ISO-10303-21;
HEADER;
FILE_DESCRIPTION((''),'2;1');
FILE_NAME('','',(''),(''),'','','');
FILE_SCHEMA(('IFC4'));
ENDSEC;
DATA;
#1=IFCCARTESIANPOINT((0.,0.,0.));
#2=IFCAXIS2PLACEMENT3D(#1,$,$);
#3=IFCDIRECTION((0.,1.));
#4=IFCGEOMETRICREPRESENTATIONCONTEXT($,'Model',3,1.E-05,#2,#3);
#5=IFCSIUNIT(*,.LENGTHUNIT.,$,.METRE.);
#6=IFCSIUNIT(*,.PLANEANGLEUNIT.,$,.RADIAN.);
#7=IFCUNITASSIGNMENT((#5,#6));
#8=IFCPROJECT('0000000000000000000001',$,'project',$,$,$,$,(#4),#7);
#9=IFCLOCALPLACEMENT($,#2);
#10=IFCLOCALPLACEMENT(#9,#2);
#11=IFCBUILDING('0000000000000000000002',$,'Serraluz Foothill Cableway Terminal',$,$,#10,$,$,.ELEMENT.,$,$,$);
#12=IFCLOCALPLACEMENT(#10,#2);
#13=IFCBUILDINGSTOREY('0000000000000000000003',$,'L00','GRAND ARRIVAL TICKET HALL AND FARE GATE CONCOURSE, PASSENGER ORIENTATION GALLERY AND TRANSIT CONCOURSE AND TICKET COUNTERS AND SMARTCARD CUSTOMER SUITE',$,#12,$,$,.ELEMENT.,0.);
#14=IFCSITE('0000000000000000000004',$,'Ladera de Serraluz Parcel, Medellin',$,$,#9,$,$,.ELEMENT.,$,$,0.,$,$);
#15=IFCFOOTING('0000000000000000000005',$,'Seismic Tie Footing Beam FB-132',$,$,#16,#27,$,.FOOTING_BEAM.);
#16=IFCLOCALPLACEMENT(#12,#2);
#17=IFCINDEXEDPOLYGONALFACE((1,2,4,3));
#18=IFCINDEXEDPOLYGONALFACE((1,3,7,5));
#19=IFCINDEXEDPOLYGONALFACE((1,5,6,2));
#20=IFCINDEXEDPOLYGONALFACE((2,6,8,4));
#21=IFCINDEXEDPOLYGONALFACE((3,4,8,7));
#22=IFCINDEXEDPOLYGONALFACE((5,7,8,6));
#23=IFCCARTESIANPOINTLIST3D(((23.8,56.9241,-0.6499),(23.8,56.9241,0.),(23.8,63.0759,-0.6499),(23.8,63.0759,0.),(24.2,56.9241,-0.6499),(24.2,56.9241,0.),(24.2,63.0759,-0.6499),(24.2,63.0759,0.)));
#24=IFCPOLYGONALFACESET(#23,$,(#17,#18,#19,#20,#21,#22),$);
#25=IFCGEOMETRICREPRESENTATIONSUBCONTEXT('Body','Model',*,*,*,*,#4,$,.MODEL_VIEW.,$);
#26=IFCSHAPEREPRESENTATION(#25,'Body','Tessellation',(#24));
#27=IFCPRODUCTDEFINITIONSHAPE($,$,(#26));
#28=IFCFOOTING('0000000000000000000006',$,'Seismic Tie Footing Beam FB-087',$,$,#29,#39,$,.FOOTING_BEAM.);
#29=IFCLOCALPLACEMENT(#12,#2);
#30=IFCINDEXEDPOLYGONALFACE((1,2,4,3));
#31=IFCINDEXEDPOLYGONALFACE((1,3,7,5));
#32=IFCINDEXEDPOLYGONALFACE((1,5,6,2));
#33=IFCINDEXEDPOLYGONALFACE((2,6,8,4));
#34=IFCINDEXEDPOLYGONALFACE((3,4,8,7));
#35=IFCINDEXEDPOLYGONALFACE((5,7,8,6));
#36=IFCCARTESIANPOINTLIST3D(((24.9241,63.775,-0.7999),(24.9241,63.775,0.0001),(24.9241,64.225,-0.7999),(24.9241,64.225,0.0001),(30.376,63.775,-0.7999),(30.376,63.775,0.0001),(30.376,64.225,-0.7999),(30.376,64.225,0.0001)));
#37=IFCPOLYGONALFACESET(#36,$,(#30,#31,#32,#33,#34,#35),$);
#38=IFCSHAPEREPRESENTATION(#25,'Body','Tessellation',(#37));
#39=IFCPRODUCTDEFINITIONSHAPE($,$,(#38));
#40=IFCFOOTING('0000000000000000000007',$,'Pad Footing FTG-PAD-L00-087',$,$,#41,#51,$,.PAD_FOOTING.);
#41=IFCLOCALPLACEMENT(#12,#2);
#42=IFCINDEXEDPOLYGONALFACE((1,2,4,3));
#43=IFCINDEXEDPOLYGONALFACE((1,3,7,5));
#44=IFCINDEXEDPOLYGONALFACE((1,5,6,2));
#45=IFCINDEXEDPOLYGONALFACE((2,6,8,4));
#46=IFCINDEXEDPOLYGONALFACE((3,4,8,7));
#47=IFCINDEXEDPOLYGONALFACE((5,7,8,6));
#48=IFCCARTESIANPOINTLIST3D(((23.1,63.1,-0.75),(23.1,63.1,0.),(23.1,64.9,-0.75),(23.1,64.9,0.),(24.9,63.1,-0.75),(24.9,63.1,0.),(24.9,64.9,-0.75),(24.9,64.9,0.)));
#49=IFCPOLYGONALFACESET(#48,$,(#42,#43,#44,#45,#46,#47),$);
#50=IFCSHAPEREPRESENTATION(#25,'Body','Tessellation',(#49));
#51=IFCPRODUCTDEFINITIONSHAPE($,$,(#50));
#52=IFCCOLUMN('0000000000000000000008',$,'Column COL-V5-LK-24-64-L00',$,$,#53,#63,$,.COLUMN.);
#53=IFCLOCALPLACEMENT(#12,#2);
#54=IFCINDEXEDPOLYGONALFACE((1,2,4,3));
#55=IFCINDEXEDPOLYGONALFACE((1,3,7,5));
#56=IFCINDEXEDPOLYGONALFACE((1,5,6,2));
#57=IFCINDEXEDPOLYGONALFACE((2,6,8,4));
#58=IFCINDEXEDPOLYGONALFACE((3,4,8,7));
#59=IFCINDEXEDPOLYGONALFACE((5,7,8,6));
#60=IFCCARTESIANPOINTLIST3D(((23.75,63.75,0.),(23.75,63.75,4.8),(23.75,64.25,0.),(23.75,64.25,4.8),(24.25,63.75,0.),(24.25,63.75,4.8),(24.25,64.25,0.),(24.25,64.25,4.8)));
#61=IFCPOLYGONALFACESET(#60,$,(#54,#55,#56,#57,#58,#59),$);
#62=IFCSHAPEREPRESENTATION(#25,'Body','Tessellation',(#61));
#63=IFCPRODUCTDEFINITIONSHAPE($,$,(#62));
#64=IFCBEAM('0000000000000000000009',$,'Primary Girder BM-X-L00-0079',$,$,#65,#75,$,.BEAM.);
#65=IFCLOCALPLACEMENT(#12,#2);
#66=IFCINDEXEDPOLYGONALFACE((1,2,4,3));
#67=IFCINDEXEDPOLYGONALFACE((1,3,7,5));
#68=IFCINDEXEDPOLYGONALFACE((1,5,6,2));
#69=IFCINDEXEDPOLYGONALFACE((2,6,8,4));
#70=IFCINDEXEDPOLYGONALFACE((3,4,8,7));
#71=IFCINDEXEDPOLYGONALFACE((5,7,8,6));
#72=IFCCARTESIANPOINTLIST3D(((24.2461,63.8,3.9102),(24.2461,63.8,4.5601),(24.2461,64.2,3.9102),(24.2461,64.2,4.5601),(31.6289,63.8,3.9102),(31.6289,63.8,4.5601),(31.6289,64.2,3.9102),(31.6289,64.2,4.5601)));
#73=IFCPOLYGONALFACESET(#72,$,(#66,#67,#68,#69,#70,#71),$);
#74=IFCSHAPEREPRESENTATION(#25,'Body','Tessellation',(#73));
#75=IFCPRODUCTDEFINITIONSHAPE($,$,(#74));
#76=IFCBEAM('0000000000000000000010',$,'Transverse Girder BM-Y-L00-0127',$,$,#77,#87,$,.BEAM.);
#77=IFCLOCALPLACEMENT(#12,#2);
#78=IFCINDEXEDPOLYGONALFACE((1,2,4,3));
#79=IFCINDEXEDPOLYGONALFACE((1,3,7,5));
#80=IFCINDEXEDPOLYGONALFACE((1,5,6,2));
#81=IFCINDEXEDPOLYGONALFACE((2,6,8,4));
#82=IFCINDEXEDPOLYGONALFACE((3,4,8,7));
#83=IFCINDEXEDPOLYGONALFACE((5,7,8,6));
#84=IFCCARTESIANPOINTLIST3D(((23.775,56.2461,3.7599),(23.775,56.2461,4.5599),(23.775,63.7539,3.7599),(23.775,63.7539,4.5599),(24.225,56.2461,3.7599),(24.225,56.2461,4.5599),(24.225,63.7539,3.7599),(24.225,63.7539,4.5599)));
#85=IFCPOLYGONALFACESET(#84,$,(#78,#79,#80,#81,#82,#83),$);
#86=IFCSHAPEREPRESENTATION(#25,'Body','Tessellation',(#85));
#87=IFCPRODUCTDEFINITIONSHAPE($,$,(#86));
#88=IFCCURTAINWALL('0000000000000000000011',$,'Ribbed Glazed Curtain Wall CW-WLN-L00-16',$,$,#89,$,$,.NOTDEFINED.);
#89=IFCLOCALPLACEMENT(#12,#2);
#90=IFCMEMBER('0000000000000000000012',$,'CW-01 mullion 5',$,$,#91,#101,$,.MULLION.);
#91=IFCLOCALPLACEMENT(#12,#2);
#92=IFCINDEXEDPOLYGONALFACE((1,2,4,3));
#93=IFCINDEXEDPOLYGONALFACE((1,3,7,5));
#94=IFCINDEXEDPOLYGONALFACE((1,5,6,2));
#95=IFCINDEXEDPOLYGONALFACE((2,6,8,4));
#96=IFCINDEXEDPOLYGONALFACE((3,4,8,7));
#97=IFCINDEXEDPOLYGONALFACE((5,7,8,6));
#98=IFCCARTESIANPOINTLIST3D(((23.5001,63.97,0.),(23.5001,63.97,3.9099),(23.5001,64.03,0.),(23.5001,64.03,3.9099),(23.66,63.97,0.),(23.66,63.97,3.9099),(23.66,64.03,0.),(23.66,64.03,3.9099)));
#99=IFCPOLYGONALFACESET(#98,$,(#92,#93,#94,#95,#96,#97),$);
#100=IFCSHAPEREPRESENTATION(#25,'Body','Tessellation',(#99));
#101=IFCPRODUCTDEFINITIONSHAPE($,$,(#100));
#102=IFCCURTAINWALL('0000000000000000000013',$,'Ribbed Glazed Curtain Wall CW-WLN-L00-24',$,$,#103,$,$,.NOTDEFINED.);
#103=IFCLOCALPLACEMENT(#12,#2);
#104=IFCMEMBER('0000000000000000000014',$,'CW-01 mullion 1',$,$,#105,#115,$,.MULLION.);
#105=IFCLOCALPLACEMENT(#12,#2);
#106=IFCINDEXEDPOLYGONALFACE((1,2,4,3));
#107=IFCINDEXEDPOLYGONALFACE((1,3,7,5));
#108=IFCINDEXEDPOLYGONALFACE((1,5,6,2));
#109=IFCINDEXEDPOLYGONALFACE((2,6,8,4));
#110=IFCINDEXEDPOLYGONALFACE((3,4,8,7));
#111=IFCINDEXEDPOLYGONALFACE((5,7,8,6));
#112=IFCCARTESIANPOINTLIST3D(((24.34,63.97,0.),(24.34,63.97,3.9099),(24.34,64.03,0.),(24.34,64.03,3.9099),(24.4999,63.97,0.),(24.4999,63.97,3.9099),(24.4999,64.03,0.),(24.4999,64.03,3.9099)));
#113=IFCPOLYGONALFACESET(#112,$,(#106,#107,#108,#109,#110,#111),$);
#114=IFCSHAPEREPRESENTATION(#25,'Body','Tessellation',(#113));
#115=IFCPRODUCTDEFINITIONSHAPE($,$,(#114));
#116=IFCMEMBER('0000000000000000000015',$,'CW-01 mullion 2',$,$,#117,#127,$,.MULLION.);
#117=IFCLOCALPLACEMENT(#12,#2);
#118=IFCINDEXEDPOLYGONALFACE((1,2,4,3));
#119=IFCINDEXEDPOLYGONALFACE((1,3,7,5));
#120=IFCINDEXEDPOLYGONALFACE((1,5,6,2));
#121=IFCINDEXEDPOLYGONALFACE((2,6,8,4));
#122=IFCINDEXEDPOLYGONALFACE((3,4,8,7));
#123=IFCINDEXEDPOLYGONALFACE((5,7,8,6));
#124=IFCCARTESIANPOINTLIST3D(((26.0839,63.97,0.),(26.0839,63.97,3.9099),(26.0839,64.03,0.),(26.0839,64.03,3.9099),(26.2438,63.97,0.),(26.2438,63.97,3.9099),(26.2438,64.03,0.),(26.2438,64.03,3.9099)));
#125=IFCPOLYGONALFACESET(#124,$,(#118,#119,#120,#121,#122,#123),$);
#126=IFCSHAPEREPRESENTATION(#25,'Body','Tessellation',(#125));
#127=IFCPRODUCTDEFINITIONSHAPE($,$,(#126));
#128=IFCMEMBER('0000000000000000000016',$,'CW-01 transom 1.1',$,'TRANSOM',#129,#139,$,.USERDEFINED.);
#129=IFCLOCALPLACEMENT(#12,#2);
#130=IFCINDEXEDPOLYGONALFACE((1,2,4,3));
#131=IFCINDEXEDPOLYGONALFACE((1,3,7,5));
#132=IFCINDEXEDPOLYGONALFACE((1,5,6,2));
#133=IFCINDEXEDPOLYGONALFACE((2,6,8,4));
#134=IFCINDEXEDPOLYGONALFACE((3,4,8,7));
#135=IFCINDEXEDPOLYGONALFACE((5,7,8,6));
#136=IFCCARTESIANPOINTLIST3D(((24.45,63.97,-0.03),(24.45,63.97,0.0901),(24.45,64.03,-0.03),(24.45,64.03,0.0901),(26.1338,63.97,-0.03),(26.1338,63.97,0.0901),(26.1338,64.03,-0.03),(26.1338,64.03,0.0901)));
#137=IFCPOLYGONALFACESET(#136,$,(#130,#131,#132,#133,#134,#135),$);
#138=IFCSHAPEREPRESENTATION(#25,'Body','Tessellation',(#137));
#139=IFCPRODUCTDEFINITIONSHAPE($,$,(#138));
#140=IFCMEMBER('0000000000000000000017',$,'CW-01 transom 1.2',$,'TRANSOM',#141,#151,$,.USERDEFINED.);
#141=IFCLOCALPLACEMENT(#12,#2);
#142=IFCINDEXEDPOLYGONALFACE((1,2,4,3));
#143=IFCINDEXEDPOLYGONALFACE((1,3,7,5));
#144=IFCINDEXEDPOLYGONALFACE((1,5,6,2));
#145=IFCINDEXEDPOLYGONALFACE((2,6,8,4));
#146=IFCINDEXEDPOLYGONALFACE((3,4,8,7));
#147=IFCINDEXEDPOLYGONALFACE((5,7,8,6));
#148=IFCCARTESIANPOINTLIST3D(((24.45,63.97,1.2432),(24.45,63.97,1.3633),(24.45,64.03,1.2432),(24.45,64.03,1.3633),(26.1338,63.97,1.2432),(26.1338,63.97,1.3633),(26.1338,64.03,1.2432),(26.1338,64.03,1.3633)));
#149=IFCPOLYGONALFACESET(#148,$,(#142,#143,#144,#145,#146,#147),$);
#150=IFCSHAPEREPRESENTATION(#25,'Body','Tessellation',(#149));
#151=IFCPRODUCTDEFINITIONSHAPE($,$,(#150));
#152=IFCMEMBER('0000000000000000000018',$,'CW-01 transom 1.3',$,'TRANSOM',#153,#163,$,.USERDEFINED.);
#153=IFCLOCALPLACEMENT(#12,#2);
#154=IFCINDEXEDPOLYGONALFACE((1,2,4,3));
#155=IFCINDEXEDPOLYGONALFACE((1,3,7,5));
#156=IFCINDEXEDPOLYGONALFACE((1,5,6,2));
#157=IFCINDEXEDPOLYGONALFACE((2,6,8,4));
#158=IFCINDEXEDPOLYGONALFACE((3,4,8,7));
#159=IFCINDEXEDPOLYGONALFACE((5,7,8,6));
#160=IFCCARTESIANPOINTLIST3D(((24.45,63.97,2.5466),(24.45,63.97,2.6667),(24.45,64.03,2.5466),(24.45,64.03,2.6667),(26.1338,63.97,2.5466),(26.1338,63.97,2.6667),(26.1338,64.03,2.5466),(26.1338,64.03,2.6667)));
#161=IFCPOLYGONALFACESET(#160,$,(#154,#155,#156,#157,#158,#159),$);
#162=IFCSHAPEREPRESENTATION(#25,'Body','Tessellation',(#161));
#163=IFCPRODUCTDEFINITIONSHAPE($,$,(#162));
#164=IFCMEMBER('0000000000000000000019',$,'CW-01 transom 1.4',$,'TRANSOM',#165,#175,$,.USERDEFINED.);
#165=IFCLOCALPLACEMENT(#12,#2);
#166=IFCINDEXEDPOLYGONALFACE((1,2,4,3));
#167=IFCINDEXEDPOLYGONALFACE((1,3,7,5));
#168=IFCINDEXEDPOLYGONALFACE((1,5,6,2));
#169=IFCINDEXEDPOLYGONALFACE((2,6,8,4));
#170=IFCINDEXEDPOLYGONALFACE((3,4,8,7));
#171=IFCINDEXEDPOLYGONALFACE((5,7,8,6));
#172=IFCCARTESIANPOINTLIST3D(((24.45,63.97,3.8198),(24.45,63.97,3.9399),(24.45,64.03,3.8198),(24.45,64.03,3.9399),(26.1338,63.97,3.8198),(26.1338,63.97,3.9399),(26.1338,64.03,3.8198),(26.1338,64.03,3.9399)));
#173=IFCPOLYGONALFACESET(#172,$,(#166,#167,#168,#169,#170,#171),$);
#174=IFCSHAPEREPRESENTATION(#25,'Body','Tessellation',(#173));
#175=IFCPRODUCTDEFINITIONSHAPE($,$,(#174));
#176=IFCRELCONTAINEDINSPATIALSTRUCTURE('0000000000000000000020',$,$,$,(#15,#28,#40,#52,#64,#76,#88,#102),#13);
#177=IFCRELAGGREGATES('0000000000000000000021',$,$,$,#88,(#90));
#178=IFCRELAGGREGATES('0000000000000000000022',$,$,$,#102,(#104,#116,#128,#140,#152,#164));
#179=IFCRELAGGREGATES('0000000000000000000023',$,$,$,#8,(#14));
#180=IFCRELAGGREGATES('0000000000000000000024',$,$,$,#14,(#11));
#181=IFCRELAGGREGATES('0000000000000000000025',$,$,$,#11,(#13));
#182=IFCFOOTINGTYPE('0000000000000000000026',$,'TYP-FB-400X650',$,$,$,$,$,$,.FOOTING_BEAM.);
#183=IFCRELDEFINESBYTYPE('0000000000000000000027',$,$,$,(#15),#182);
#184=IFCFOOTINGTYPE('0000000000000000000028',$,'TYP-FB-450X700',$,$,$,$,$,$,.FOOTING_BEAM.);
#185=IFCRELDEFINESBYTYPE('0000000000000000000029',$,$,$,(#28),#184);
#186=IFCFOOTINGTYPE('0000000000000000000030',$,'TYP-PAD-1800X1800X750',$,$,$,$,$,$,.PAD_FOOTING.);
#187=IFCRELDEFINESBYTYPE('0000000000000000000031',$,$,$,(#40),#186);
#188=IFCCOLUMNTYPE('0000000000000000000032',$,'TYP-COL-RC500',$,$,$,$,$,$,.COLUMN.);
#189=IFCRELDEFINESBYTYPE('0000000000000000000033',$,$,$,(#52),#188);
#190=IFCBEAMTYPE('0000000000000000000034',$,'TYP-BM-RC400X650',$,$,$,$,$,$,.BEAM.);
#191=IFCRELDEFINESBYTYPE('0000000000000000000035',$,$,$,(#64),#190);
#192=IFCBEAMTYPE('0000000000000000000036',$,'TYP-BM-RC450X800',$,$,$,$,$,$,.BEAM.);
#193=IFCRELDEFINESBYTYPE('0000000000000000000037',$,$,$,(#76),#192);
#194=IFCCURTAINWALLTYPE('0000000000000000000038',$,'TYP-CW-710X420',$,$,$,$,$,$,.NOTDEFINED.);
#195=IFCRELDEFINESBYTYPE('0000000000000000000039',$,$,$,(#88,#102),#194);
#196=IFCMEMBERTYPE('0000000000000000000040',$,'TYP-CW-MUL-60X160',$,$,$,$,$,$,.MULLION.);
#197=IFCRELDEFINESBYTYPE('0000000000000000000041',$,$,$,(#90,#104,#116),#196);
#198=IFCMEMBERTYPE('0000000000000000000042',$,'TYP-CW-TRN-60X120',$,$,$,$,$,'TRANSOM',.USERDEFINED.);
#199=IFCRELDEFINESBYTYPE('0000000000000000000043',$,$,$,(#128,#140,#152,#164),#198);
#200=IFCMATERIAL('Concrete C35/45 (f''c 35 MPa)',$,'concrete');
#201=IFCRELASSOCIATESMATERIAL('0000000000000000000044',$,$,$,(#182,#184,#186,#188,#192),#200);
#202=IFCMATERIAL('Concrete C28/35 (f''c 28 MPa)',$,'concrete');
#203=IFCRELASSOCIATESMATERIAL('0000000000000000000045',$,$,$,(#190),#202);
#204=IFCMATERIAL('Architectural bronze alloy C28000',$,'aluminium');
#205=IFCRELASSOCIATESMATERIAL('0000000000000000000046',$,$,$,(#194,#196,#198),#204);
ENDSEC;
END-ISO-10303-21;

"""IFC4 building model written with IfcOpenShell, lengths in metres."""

from ifc_helpers import new_model, si_unit, direction, frame, origin, origin_2d, place, context, subcontext, project, spatial, rectangle, extrude, material, material_profile, profile_set, type_object, element, aggregate, save


model = new_model("IFC4")

# Units and contexts
model_context = context("Model", 3, precision=1e-05, world=origin(), true_north=direction((0.0, 1.0)))
body_context = subcontext(model_context, "Body", "Model", "MODEL_VIEW")
ifc_project = project(units=[si_unit("LENGTHUNIT", "METRE"), si_unit("PLANEANGLEUNIT", "RADIAN")], contexts=[model_context])

# Site, building, storey
site_placement = place(None, origin())
site = spatial("IfcSite", under=ifc_project, at=site_placement, Name="Ladera de Serraluz Parcel, Medellin", CompositionType="ELEMENT", RefElevation=0.0)
building_placement = place(site_placement, origin())
building = spatial("IfcBuilding", under=site, at=building_placement, Name="Serraluz Foothill Cableway Terminal", CompositionType="ELEMENT")
storey_placement = place(building_placement, origin())
storey = spatial("IfcBuildingStorey", under=building, at=storey_placement, Name="L00", Description="GRAND ARRIVAL TICKET HALL AND FARE GATE CONCOURSE, PASSENGER ORIENTATION GALLERY AND TRANSIT CONCOURSE AND TICKET COUNTERS AND SMARTCARD CUSTOMER SUITE", CompositionType="ELEMENT", Elevation=0.0)

# Footings
ifc_material_1 = material(Name="Concrete C35/45 (f'c 35 MPa)", Category="concrete")
ifc_material_profile_1 = material_profile(ifc_material_1, rectangle(XDim=0.3999, YDim=0.6499, at=origin_2d()), Name="RC 400x650")
ifc_profile_set_1 = profile_set([ifc_material_profile_1], Name="Concrete C35/45 (f'c 35 MPa)")
footing_type_1 = type_object("IfcFootingType", Name="TYP-FB-400X650", PredefinedType="FOOTING_BEAM", material=ifc_profile_set_1)
footing_1_placement = place(storey_placement, frame((24.0, 56.9241, -0.325), z_axis=(0.0, 1.0, 0.0), x_axis=(-1.0, 0.0, 0.0)))
element("IfcFooting", 1, at=footing_1_placement, inside=storey, type_object=footing_type_1, Name="Seismic Tie Footing Beam FB-132", PredefinedType="FOOTING_BEAM", context=body_context, shape_type="SweptSolid", body=[
    extrude(rectangle(XDim=0.3999, YDim=0.6499, at=origin_2d()), origin(), (0.0, 0.0, 1.0), 6.1519),
])
ifc_material_profile_2 = material_profile(ifc_material_1, rectangle(XDim=0.45, YDim=0.8, at=origin_2d()), Name="RC 450x800")
ifc_profile_set_2 = profile_set([ifc_material_profile_2], Name="Concrete C35/45 (f'c 35 MPa)")
footing_type_2 = type_object("IfcFootingType", Name="TYP-FB-450X700", PredefinedType="FOOTING_BEAM", material=ifc_profile_set_2)
footing_2_placement = place(storey_placement, frame((24.9241, 64.0, -0.3999), z_axis=(1.0, 0.0, 0.0), x_axis=(0.0, 1.0, 0.0)))
element("IfcFooting", 2, at=footing_2_placement, inside=storey, type_object=footing_type_2, Name="Seismic Tie Footing Beam FB-087", PredefinedType="FOOTING_BEAM", context=body_context, shape_type="SweptSolid", body=[
    extrude(rectangle(XDim=0.45, YDim=0.8, at=origin_2d()), origin(), (0.0, 0.0, 1.0), 5.4519),
])
footing_type_3 = type_object("IfcFootingType", Name="TYP-PAD-1800X1800X750", PredefinedType="PAD_FOOTING", material=ifc_material_1)
footing_3_placement = place(storey_placement, frame((24.0, 64.0, -0.75), z_axis=(0.0, 0.0, 1.0), x_axis=(1.0, 0.0, 0.0)))
element("IfcFooting", 3, at=footing_3_placement, inside=storey, type_object=footing_type_3, Name="Pad Footing FTG-PAD-L00-087", PredefinedType="PAD_FOOTING", context=body_context, shape_type="SweptSolid", body=[
    extrude(rectangle(XDim=1.8, YDim=1.8, at=origin_2d()), origin(), (0.0, 0.0, 1.0), 0.75),
])

# Column
ifc_material_profile_3 = material_profile(ifc_material_1, rectangle(XDim=0.5, YDim=0.5, at=origin_2d()), Name="RC 500x500")
ifc_profile_set_3 = profile_set([ifc_material_profile_3], Name="Concrete C35/45 (f'c 35 MPa)")
column_type = type_object("IfcColumnType", Name="TYP-COL-RC500", PredefinedType="COLUMN", material=ifc_profile_set_3)
column_placement = place(storey_placement, frame((24.0, 64.0, 0.0), z_axis=(0.0, 0.0, 1.0), x_axis=(1.0, 0.0, 0.0)))
element("IfcColumn", 4, at=column_placement, inside=storey, type_object=column_type, Name="Column COL-V5-LK-24-64-L00", PredefinedType="COLUMN", context=body_context, shape_type="SweptSolid", body=[
    extrude(rectangle(XDim=0.5, YDim=0.5, at=origin_2d()), origin(), (0.0, 0.0, 1.0), 4.8),
])

# Beams
ifc_material_2 = material(Name="Concrete C28/35 (f'c 28 MPa)", Category="concrete")
ifc_material_profile_4 = material_profile(ifc_material_2, rectangle(XDim=0.3999, YDim=0.6499, at=origin_2d()), Name="RC 400x650")
ifc_profile_set_4 = profile_set([ifc_material_profile_4], Name="Concrete C28/35 (f'c 28 MPa)")
beam_type_1 = type_object("IfcBeamType", Name="TYP-BM-RC400X650", PredefinedType="BEAM", material=ifc_profile_set_4)
beam_1_placement = place(storey_placement, frame((24.2461, 64.0, 4.2351), z_axis=(1.0, 0.0, 0.0), x_axis=(0.0, 1.0, 0.0)))
element("IfcBeam", 5, at=beam_1_placement, inside=storey, type_object=beam_type_1, Name="Primary Girder BM-X-L00-0079", PredefinedType="BEAM", context=body_context, shape_type="SweptSolid", body=[
    extrude(rectangle(XDim=0.3999, YDim=0.6499, at=origin_2d()), origin(), (0.0, 0.0, 1.0), 7.3828),
])
ifc_material_profile_5 = material_profile(ifc_material_1, rectangle(XDim=0.45, YDim=0.8, at=origin_2d()), Name="RC 450x800")
ifc_profile_set_5 = profile_set([ifc_material_profile_5], Name="Concrete C35/45 (f'c 35 MPa)")
beam_type_2 = type_object("IfcBeamType", Name="TYP-BM-RC450X800", PredefinedType="BEAM", material=ifc_profile_set_5)
beam_2_placement = place(storey_placement, frame((24.0, 56.2461, 4.1599), z_axis=(0.0, 1.0, 0.0), x_axis=(-1.0, 0.0, 0.0)))
element("IfcBeam", 6, at=beam_2_placement, inside=storey, type_object=beam_type_2, Name="Transverse Girder BM-Y-L00-0127", PredefinedType="BEAM", context=body_context, shape_type="SweptSolid", body=[
    extrude(rectangle(XDim=0.45, YDim=0.8, at=origin_2d()), origin(), (0.0, 0.0, 1.0), 7.5078),
])

# Curtain wall, member
ifc_material_3 = material(Name="Architectural bronze alloy C28000", Category="aluminium")
curtain_wall_type = type_object("IfcCurtainWallType", Name="TYP-CW-710X420", PredefinedType="NOTDEFINED", material=ifc_material_3)
curtain_wall_1_placement = place(storey_placement, origin())
curtain_wall_1 = element("IfcCurtainWall", 7, at=curtain_wall_1_placement, inside=storey, type_object=curtain_wall_type, Name="Ribbed Glazed Curtain Wall CW-WLN-L00-16", PredefinedType="NOTDEFINED")
ifc_material_profile_6 = material_profile(ifc_material_3, rectangle(XDim=0.0601, YDim=0.1599, at=origin_2d()), Name="ALU MULLION 60x160")
ifc_profile_set_6 = profile_set([ifc_material_profile_6], Name="Architectural bronze alloy C28000")
member_type_1 = type_object("IfcMemberType", Name="TYP-CW-MUL-60X160", PredefinedType="MULLION", material=ifc_profile_set_6)
member_1_placement = place(storey_placement, frame((23.5801, 64.0, 0.0), z_axis=(0.0, 0.0, 1.0), x_axis=(0.0, 1.0, 0.0)))
member_1 = element("IfcMember", 8, at=member_1_placement, type_object=member_type_1, Name="CW-01 mullion 5", PredefinedType="MULLION", context=body_context, shape_type="SweptSolid", body=[
    extrude(rectangle(XDim=0.0601, YDim=0.1599, at=origin_2d()), origin(), (0.0, 0.0, 1.0), 3.9099),
])

# Curtain wall, members
curtain_wall_2_placement = place(storey_placement, origin())
curtain_wall_2 = element("IfcCurtainWall", 9, at=curtain_wall_2_placement, inside=storey, type_object=curtain_wall_type, Name="Ribbed Glazed Curtain Wall CW-WLN-L00-24", PredefinedType="NOTDEFINED")
member_2_placement = place(storey_placement, frame((24.4199, 64.0, 0.0), z_axis=(0.0, 0.0, 1.0), x_axis=(0.0, 1.0, 0.0)))
member_2 = element("IfcMember", 10, at=member_2_placement, type_object=member_type_1, Name="CW-01 mullion 1", PredefinedType="MULLION", context=body_context, shape_type="SweptSolid", body=[
    extrude(rectangle(XDim=0.0601, YDim=0.1599, at=origin_2d()), origin(), (0.0, 0.0, 1.0), 3.9099),
])
member_3_placement = place(storey_placement, frame((26.1638, 64.0, 0.0), z_axis=(0.0, 0.0, 1.0), x_axis=(0.0, 1.0, 0.0)))
member_3 = element("IfcMember", 11, at=member_3_placement, type_object=member_type_1, Name="CW-01 mullion 2", PredefinedType="MULLION", context=body_context, shape_type="SweptSolid", body=[
    extrude(rectangle(XDim=0.0601, YDim=0.1599, at=origin_2d()), origin(), (0.0, 0.0, 1.0), 3.9099),
])
ifc_material_profile_7 = material_profile(ifc_material_3, rectangle(XDim=0.0601, YDim=0.1201, at=origin_2d()), Name="ALU TRANSOM 60x120")
ifc_profile_set_7 = profile_set([ifc_material_profile_7], Name="Architectural bronze alloy C28000")
member_type_2 = type_object("IfcMemberType", Name="TYP-CW-TRN-60X120", ElementType="TRANSOM", PredefinedType="USERDEFINED", material=ifc_profile_set_7)
member_4_placement = place(storey_placement, frame((24.45, 64.0, 0.03), z_axis=(1.0, 0.0, 0.0), x_axis=(0.0, 1.0, 0.0)))
member_4 = element("IfcMember", 12, at=member_4_placement, type_object=member_type_2, Name="CW-01 transom 1.1", ObjectType="TRANSOM", PredefinedType="USERDEFINED", context=body_context, shape_type="SweptSolid", body=[
    extrude(rectangle(XDim=0.0601, YDim=0.1201, at=origin_2d()), origin(), (0.0, 0.0, 1.0), 1.6838),
])
member_5_placement = place(storey_placement, frame((24.45, 64.0, 1.3032), z_axis=(1.0, 0.0, 0.0), x_axis=(0.0, 1.0, 0.0)))
member_5 = element("IfcMember", 13, at=member_5_placement, type_object=member_type_2, Name="CW-01 transom 1.2", ObjectType="TRANSOM", PredefinedType="USERDEFINED", context=body_context, shape_type="SweptSolid", body=[
    extrude(rectangle(XDim=0.0601, YDim=0.1201, at=origin_2d()), origin(), (0.0, 0.0, 1.0), 1.6838),
])
member_6_placement = place(storey_placement, frame((24.45, 64.0, 2.6067), z_axis=(1.0, 0.0, 0.0), x_axis=(0.0, 1.0, 0.0)))
member_6 = element("IfcMember", 14, at=member_6_placement, type_object=member_type_2, Name="CW-01 transom 1.3", ObjectType="TRANSOM", PredefinedType="USERDEFINED", context=body_context, shape_type="SweptSolid", body=[
    extrude(rectangle(XDim=0.0601, YDim=0.1201, at=origin_2d()), origin(), (0.0, 0.0, 1.0), 1.6838),
])
member_7_placement = place(storey_placement, frame((24.45, 64.0, 3.8799), z_axis=(1.0, 0.0, 0.0), x_axis=(0.0, 1.0, 0.0)))
member_7 = element("IfcMember", 15, at=member_7_placement, type_object=member_type_2, Name="CW-01 transom 1.4", ObjectType="TRANSOM", PredefinedType="USERDEFINED", context=body_context, shape_type="SweptSolid", body=[
    extrude(rectangle(XDim=0.0601, YDim=0.1201, at=origin_2d()), origin(), (0.0, 0.0, 1.0), 1.6838),
])

aggregate(curtain_wall_1, [member_1])
aggregate(curtain_wall_2, [member_2, member_3, member_4, member_5, member_6, member_7])

save(model, "model.ifc")
